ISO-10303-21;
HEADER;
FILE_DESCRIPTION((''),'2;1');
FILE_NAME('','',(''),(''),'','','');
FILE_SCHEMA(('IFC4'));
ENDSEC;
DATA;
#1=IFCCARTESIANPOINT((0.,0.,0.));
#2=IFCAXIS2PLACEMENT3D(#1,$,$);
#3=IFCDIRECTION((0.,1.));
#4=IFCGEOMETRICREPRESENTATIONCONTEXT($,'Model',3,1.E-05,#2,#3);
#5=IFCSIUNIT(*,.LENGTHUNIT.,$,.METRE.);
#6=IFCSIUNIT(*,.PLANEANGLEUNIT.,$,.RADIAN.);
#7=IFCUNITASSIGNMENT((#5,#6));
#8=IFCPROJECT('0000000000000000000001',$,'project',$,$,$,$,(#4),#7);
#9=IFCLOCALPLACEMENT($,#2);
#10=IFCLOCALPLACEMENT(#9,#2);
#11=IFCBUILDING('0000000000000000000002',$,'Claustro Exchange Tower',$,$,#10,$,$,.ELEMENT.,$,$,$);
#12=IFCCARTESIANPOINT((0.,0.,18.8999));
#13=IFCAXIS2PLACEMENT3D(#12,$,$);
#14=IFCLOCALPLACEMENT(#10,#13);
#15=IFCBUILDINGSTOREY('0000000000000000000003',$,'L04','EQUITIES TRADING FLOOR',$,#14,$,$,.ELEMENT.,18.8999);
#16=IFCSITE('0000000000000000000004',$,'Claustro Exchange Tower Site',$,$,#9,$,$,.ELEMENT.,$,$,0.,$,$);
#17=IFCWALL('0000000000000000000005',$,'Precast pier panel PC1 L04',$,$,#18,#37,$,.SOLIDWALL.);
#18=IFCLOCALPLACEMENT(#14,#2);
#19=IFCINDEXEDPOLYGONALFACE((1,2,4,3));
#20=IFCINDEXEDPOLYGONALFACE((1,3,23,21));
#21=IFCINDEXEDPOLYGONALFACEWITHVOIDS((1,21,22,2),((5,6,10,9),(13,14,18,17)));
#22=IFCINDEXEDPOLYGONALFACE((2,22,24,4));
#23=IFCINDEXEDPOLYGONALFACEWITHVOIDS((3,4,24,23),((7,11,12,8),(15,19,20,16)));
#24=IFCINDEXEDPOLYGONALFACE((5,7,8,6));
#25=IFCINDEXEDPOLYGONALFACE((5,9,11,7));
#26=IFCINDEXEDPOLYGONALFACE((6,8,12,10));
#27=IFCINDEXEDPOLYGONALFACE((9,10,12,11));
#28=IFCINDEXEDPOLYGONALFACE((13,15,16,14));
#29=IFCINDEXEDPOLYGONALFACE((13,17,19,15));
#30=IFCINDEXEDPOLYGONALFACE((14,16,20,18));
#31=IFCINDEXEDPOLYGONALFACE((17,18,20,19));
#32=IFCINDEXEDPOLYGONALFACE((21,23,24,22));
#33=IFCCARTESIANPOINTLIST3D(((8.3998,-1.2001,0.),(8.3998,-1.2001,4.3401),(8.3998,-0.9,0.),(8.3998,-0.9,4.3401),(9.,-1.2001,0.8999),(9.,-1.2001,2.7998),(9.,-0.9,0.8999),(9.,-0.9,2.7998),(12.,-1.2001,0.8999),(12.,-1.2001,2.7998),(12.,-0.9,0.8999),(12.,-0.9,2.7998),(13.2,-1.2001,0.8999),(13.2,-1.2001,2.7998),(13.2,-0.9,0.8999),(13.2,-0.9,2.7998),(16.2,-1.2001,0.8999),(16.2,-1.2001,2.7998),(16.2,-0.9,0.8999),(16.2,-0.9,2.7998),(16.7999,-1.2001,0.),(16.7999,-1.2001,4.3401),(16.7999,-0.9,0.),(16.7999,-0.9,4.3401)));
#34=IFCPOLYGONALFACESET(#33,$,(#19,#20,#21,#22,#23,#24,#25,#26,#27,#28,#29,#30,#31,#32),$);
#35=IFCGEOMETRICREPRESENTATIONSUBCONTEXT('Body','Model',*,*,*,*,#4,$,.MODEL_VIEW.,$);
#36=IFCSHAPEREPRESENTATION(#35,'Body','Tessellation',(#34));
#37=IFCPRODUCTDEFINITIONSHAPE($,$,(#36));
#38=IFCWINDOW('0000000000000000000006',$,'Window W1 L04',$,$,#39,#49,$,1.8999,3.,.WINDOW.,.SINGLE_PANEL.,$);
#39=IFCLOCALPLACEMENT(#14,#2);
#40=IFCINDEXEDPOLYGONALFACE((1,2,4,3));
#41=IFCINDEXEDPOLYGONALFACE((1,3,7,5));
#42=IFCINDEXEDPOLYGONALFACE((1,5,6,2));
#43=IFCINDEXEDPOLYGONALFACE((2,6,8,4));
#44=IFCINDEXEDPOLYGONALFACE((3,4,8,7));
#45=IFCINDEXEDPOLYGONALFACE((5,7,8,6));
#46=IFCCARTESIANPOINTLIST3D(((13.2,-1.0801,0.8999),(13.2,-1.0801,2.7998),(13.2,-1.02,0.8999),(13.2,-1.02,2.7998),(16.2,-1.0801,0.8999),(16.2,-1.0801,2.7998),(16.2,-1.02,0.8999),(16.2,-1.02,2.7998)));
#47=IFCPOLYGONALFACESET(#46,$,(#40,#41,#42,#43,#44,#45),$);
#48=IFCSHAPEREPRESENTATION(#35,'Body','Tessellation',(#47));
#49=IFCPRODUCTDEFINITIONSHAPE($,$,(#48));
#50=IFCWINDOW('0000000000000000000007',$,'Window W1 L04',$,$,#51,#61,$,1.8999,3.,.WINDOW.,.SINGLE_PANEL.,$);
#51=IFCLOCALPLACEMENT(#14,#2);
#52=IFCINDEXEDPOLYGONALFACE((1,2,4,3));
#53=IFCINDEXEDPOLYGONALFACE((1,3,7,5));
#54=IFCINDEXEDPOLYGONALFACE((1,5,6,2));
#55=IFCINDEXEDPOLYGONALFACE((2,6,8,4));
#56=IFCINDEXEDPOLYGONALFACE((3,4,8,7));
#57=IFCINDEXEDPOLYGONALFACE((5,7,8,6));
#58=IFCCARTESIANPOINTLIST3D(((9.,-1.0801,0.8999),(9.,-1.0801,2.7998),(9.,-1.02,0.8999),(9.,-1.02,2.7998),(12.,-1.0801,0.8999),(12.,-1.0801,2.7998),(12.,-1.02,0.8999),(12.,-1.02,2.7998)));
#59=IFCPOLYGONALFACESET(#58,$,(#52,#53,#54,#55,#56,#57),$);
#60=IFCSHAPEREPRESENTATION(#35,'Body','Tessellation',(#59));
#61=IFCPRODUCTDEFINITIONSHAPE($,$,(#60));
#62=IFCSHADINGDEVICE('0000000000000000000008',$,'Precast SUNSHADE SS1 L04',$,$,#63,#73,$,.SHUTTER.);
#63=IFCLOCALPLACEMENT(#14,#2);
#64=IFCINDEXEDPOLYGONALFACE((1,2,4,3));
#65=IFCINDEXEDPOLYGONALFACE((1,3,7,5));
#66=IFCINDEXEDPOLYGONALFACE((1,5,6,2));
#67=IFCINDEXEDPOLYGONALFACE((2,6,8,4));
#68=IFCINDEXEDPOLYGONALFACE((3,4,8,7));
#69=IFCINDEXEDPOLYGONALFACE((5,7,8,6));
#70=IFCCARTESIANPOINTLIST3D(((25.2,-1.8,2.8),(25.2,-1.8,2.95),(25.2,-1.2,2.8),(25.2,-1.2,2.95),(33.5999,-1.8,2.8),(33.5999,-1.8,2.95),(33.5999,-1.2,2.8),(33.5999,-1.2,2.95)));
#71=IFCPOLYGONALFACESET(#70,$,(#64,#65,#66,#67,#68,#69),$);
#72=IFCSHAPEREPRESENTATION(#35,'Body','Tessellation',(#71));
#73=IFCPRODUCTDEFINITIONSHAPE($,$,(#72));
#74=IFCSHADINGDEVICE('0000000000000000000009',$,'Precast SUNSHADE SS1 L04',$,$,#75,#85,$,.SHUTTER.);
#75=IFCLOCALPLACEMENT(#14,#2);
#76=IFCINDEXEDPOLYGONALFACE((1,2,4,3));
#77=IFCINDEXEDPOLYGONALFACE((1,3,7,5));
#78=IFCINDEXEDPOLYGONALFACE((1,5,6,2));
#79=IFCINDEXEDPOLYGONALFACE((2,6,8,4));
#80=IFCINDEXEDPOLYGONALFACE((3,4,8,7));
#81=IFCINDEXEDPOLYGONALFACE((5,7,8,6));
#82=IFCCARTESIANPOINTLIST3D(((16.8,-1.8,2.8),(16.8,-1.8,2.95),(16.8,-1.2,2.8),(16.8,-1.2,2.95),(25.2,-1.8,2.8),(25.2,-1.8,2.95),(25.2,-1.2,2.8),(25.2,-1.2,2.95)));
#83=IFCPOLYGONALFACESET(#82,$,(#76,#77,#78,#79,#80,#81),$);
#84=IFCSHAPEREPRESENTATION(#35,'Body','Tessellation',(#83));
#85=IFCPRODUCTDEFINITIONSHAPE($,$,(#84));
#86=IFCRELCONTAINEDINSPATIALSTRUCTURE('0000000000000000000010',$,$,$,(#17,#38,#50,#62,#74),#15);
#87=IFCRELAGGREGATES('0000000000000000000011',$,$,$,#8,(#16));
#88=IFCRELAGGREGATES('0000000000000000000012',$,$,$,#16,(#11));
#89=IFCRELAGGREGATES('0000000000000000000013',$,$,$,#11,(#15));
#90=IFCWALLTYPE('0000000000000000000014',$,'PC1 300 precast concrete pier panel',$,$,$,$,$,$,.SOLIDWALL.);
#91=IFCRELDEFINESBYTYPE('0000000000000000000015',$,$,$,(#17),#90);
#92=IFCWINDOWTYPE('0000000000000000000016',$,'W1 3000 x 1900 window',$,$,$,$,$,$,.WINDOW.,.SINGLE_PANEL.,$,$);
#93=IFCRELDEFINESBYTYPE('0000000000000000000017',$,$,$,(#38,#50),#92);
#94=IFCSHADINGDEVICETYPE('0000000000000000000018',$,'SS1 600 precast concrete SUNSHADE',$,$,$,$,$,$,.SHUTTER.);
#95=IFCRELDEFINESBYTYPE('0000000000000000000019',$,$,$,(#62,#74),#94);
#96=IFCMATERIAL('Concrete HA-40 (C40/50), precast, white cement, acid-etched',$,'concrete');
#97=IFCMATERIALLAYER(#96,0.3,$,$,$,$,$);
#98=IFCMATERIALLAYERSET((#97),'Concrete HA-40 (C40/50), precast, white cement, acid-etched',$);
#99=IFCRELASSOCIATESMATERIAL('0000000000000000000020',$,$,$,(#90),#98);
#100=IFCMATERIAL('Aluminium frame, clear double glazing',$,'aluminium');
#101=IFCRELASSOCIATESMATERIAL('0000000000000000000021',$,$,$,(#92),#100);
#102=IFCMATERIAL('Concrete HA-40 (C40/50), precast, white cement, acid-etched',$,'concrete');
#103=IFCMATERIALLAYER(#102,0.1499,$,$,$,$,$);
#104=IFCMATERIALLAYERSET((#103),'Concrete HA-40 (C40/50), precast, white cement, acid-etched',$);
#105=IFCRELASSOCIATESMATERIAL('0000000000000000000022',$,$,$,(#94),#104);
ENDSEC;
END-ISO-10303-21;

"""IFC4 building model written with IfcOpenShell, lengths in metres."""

from ifc_helpers import new_model, si_unit, direction, frame, frame_2d, origin, origin_2d, place, context, subcontext, project, spatial, rectangle, extrude, material, layer, layer_set, type_object, element, fill, save


model = new_model("IFC4")

# Units and contexts
model_context = context("Model", 3, precision=1e-05, world=origin(), true_north=direction((0.0, 1.0)))
body_context = subcontext(model_context, "Body", "Model", "MODEL_VIEW")
ifc_project = project(units=[si_unit("LENGTHUNIT", "METRE"), si_unit("PLANEANGLEUNIT", "RADIAN")], contexts=[model_context])

# Site, building, storey
site_placement = place(None, origin())
site = spatial("IfcSite", under=ifc_project, at=site_placement, Name="Claustro Exchange Tower Site", CompositionType="ELEMENT", RefElevation=0.0)
building_placement = place(site_placement, origin())
building = spatial("IfcBuilding", under=site, at=building_placement, Name="Claustro Exchange Tower", CompositionType="ELEMENT")
storey_placement = place(building_placement, frame((0.0, 0.0, 18.8999)))
storey = spatial("IfcBuildingStorey", under=building, at=storey_placement, Name="L04", Description="EQUITIES TRADING FLOOR", CompositionType="ELEMENT", Elevation=18.8999)

# Wall, openings, windows
ifc_material_1 = material(Name="Concrete HA-40 (C40/50), precast, white cement, acid-etched", Category="concrete")
ifc_layer_1 = layer(ifc_material_1, 0.3)
ifc_layer_set_1 = layer_set([ifc_layer_1], Name="Concrete HA-40 (C40/50), precast, white cement, acid-etched")
wall_type_1 = type_object("IfcWallType", Name="PC1 300 precast concrete pier panel", PredefinedType="SOLIDWALL", material=ifc_layer_set_1)
ifc_material_2 = material(Name="Aluminium frame, clear double glazing", Category="aluminium")
window_type = type_object("IfcWindowType", Name="W1 3000 x 1900 window", PartitioningType="SINGLE_PANEL", PredefinedType="WINDOW", material=ifc_material_2)
wall_1_placement = place(storey_placement, frame((16.8, -1.05, 0.0), z_axis=(0.0, 0.0, 1.0), x_axis=(-1.0, 0.0, 0.0)))
wall_1 = element("IfcWall", 1, at=wall_1_placement, inside=storey, type_object=wall_type_1, Name="Precast pier panel PC1 L04", PredefinedType="SOLIDWALL", context=body_context, shape_type="SweptSolid", body=[
    extrude(rectangle(XDim=8.4001, YDim=0.3, at=frame_2d((4.2002, 0.0))), origin(), (0.0, 0.0, 1.0), 4.3401),
])
opening_1_placement = place(wall_1_placement, frame((0.6001, 0.0, 0.8999)))
opening_1 = element("IfcOpeningElement", 2, at=opening_1_placement, cuts=wall_1, PredefinedType="OPENING", context=body_context, shape_type="SweptSolid", body=[
    extrude(rectangle(XDim=3.0, YDim=1.8999, at=frame_2d((1.5, 0.95))), frame((0.0, 0.1599, 0.0), z_axis=(0.0, -1.0, 0.0), x_axis=(1.0, 0.0, 0.0)), (0.0, 0.0, 1.0), 0.3201),
])
opening_2_placement = place(wall_1_placement, frame((4.8, 0.0, 0.8999)))
opening_2 = element("IfcOpeningElement", 3, at=opening_2_placement, cuts=wall_1, PredefinedType="OPENING", context=body_context, shape_type="SweptSolid", body=[
    extrude(rectangle(XDim=3.0, YDim=1.8999, at=frame_2d((1.5, 0.95))), frame((0.0, 0.1599, 0.0), z_axis=(0.0, -1.0, 0.0), x_axis=(1.0, 0.0, 0.0)), (0.0, 0.0, 1.0), 0.3201),
])
window_1_placement = place(opening_1_placement, origin())
window_1 = element("IfcWindow", 4, at=window_1_placement, inside=storey, type_object=window_type, Name="Window W1 L04", OverallHeight=1.8999, OverallWidth=3.0, PartitioningType="SINGLE_PANEL", PredefinedType="WINDOW", context=body_context, shape_type="SweptSolid", body=[
    extrude(rectangle(XDim=3.0, YDim=1.8999, at=frame_2d((1.5, 0.95))), frame((0.0, 0.03, 0.0), z_axis=(0.0, -1.0, 0.0), x_axis=(1.0, 0.0, 0.0)), (0.0, 0.0, 1.0), 0.0601),
])
fill(opening_1, window_1)
window_2_placement = place(opening_2_placement, origin())
window_2 = element("IfcWindow", 5, at=window_2_placement, inside=storey, type_object=window_type, Name="Window W1 L04", OverallHeight=1.8999, OverallWidth=3.0, PartitioningType="SINGLE_PANEL", PredefinedType="WINDOW", context=body_context, shape_type="SweptSolid", body=[
    extrude(rectangle(XDim=3.0, YDim=1.8999, at=frame_2d((1.5, 0.95))), frame((0.0, 0.03, 0.0), z_axis=(0.0, -1.0, 0.0), x_axis=(1.0, 0.0, 0.0)), (0.0, 0.0, 1.0), 0.0601),
])
fill(opening_2, window_2)

# Shading devices
ifc_material_3 = material(Name="Concrete HA-40 (C40/50), precast, white cement, acid-etched", Category="concrete")
ifc_layer_2 = layer(ifc_material_3, 0.1499)
ifc_layer_set_2 = layer_set([ifc_layer_2], Name="Concrete HA-40 (C40/50), precast, white cement, acid-etched")
shading_device_type = type_object("IfcShadingDeviceType", Name="SS1 600 precast concrete SUNSHADE", PredefinedType="SHUTTER", material=ifc_layer_set_2)
for number, where, z_axis, x_axis, name in (
    (6, (29.3999, -1.5, 2.8), (0.0, 0.0, 1.0), (-1.0, 0.0, 0.0), "Precast SUNSHADE SS1 L04"),
    (7, (21.0, -1.5, 2.8), (0.0, 0.0, 1.0), (-1.0, 0.0, 0.0), "Precast SUNSHADE SS1 L04"),
):
    element("IfcShadingDevice", number, at=place(storey_placement, frame(where, z_axis=z_axis, x_axis=x_axis)), inside=storey, type_object=shading_device_type, Name=name, PredefinedType="SHUTTER", context=body_context, shape_type="SweptSolid", body=[
        extrude(rectangle(XDim=8.3999, YDim=0.6001, at=origin_2d()), origin(), (0.0, 0.0, 1.0), 0.1499),
    ])

save(model, "model.ifc")
